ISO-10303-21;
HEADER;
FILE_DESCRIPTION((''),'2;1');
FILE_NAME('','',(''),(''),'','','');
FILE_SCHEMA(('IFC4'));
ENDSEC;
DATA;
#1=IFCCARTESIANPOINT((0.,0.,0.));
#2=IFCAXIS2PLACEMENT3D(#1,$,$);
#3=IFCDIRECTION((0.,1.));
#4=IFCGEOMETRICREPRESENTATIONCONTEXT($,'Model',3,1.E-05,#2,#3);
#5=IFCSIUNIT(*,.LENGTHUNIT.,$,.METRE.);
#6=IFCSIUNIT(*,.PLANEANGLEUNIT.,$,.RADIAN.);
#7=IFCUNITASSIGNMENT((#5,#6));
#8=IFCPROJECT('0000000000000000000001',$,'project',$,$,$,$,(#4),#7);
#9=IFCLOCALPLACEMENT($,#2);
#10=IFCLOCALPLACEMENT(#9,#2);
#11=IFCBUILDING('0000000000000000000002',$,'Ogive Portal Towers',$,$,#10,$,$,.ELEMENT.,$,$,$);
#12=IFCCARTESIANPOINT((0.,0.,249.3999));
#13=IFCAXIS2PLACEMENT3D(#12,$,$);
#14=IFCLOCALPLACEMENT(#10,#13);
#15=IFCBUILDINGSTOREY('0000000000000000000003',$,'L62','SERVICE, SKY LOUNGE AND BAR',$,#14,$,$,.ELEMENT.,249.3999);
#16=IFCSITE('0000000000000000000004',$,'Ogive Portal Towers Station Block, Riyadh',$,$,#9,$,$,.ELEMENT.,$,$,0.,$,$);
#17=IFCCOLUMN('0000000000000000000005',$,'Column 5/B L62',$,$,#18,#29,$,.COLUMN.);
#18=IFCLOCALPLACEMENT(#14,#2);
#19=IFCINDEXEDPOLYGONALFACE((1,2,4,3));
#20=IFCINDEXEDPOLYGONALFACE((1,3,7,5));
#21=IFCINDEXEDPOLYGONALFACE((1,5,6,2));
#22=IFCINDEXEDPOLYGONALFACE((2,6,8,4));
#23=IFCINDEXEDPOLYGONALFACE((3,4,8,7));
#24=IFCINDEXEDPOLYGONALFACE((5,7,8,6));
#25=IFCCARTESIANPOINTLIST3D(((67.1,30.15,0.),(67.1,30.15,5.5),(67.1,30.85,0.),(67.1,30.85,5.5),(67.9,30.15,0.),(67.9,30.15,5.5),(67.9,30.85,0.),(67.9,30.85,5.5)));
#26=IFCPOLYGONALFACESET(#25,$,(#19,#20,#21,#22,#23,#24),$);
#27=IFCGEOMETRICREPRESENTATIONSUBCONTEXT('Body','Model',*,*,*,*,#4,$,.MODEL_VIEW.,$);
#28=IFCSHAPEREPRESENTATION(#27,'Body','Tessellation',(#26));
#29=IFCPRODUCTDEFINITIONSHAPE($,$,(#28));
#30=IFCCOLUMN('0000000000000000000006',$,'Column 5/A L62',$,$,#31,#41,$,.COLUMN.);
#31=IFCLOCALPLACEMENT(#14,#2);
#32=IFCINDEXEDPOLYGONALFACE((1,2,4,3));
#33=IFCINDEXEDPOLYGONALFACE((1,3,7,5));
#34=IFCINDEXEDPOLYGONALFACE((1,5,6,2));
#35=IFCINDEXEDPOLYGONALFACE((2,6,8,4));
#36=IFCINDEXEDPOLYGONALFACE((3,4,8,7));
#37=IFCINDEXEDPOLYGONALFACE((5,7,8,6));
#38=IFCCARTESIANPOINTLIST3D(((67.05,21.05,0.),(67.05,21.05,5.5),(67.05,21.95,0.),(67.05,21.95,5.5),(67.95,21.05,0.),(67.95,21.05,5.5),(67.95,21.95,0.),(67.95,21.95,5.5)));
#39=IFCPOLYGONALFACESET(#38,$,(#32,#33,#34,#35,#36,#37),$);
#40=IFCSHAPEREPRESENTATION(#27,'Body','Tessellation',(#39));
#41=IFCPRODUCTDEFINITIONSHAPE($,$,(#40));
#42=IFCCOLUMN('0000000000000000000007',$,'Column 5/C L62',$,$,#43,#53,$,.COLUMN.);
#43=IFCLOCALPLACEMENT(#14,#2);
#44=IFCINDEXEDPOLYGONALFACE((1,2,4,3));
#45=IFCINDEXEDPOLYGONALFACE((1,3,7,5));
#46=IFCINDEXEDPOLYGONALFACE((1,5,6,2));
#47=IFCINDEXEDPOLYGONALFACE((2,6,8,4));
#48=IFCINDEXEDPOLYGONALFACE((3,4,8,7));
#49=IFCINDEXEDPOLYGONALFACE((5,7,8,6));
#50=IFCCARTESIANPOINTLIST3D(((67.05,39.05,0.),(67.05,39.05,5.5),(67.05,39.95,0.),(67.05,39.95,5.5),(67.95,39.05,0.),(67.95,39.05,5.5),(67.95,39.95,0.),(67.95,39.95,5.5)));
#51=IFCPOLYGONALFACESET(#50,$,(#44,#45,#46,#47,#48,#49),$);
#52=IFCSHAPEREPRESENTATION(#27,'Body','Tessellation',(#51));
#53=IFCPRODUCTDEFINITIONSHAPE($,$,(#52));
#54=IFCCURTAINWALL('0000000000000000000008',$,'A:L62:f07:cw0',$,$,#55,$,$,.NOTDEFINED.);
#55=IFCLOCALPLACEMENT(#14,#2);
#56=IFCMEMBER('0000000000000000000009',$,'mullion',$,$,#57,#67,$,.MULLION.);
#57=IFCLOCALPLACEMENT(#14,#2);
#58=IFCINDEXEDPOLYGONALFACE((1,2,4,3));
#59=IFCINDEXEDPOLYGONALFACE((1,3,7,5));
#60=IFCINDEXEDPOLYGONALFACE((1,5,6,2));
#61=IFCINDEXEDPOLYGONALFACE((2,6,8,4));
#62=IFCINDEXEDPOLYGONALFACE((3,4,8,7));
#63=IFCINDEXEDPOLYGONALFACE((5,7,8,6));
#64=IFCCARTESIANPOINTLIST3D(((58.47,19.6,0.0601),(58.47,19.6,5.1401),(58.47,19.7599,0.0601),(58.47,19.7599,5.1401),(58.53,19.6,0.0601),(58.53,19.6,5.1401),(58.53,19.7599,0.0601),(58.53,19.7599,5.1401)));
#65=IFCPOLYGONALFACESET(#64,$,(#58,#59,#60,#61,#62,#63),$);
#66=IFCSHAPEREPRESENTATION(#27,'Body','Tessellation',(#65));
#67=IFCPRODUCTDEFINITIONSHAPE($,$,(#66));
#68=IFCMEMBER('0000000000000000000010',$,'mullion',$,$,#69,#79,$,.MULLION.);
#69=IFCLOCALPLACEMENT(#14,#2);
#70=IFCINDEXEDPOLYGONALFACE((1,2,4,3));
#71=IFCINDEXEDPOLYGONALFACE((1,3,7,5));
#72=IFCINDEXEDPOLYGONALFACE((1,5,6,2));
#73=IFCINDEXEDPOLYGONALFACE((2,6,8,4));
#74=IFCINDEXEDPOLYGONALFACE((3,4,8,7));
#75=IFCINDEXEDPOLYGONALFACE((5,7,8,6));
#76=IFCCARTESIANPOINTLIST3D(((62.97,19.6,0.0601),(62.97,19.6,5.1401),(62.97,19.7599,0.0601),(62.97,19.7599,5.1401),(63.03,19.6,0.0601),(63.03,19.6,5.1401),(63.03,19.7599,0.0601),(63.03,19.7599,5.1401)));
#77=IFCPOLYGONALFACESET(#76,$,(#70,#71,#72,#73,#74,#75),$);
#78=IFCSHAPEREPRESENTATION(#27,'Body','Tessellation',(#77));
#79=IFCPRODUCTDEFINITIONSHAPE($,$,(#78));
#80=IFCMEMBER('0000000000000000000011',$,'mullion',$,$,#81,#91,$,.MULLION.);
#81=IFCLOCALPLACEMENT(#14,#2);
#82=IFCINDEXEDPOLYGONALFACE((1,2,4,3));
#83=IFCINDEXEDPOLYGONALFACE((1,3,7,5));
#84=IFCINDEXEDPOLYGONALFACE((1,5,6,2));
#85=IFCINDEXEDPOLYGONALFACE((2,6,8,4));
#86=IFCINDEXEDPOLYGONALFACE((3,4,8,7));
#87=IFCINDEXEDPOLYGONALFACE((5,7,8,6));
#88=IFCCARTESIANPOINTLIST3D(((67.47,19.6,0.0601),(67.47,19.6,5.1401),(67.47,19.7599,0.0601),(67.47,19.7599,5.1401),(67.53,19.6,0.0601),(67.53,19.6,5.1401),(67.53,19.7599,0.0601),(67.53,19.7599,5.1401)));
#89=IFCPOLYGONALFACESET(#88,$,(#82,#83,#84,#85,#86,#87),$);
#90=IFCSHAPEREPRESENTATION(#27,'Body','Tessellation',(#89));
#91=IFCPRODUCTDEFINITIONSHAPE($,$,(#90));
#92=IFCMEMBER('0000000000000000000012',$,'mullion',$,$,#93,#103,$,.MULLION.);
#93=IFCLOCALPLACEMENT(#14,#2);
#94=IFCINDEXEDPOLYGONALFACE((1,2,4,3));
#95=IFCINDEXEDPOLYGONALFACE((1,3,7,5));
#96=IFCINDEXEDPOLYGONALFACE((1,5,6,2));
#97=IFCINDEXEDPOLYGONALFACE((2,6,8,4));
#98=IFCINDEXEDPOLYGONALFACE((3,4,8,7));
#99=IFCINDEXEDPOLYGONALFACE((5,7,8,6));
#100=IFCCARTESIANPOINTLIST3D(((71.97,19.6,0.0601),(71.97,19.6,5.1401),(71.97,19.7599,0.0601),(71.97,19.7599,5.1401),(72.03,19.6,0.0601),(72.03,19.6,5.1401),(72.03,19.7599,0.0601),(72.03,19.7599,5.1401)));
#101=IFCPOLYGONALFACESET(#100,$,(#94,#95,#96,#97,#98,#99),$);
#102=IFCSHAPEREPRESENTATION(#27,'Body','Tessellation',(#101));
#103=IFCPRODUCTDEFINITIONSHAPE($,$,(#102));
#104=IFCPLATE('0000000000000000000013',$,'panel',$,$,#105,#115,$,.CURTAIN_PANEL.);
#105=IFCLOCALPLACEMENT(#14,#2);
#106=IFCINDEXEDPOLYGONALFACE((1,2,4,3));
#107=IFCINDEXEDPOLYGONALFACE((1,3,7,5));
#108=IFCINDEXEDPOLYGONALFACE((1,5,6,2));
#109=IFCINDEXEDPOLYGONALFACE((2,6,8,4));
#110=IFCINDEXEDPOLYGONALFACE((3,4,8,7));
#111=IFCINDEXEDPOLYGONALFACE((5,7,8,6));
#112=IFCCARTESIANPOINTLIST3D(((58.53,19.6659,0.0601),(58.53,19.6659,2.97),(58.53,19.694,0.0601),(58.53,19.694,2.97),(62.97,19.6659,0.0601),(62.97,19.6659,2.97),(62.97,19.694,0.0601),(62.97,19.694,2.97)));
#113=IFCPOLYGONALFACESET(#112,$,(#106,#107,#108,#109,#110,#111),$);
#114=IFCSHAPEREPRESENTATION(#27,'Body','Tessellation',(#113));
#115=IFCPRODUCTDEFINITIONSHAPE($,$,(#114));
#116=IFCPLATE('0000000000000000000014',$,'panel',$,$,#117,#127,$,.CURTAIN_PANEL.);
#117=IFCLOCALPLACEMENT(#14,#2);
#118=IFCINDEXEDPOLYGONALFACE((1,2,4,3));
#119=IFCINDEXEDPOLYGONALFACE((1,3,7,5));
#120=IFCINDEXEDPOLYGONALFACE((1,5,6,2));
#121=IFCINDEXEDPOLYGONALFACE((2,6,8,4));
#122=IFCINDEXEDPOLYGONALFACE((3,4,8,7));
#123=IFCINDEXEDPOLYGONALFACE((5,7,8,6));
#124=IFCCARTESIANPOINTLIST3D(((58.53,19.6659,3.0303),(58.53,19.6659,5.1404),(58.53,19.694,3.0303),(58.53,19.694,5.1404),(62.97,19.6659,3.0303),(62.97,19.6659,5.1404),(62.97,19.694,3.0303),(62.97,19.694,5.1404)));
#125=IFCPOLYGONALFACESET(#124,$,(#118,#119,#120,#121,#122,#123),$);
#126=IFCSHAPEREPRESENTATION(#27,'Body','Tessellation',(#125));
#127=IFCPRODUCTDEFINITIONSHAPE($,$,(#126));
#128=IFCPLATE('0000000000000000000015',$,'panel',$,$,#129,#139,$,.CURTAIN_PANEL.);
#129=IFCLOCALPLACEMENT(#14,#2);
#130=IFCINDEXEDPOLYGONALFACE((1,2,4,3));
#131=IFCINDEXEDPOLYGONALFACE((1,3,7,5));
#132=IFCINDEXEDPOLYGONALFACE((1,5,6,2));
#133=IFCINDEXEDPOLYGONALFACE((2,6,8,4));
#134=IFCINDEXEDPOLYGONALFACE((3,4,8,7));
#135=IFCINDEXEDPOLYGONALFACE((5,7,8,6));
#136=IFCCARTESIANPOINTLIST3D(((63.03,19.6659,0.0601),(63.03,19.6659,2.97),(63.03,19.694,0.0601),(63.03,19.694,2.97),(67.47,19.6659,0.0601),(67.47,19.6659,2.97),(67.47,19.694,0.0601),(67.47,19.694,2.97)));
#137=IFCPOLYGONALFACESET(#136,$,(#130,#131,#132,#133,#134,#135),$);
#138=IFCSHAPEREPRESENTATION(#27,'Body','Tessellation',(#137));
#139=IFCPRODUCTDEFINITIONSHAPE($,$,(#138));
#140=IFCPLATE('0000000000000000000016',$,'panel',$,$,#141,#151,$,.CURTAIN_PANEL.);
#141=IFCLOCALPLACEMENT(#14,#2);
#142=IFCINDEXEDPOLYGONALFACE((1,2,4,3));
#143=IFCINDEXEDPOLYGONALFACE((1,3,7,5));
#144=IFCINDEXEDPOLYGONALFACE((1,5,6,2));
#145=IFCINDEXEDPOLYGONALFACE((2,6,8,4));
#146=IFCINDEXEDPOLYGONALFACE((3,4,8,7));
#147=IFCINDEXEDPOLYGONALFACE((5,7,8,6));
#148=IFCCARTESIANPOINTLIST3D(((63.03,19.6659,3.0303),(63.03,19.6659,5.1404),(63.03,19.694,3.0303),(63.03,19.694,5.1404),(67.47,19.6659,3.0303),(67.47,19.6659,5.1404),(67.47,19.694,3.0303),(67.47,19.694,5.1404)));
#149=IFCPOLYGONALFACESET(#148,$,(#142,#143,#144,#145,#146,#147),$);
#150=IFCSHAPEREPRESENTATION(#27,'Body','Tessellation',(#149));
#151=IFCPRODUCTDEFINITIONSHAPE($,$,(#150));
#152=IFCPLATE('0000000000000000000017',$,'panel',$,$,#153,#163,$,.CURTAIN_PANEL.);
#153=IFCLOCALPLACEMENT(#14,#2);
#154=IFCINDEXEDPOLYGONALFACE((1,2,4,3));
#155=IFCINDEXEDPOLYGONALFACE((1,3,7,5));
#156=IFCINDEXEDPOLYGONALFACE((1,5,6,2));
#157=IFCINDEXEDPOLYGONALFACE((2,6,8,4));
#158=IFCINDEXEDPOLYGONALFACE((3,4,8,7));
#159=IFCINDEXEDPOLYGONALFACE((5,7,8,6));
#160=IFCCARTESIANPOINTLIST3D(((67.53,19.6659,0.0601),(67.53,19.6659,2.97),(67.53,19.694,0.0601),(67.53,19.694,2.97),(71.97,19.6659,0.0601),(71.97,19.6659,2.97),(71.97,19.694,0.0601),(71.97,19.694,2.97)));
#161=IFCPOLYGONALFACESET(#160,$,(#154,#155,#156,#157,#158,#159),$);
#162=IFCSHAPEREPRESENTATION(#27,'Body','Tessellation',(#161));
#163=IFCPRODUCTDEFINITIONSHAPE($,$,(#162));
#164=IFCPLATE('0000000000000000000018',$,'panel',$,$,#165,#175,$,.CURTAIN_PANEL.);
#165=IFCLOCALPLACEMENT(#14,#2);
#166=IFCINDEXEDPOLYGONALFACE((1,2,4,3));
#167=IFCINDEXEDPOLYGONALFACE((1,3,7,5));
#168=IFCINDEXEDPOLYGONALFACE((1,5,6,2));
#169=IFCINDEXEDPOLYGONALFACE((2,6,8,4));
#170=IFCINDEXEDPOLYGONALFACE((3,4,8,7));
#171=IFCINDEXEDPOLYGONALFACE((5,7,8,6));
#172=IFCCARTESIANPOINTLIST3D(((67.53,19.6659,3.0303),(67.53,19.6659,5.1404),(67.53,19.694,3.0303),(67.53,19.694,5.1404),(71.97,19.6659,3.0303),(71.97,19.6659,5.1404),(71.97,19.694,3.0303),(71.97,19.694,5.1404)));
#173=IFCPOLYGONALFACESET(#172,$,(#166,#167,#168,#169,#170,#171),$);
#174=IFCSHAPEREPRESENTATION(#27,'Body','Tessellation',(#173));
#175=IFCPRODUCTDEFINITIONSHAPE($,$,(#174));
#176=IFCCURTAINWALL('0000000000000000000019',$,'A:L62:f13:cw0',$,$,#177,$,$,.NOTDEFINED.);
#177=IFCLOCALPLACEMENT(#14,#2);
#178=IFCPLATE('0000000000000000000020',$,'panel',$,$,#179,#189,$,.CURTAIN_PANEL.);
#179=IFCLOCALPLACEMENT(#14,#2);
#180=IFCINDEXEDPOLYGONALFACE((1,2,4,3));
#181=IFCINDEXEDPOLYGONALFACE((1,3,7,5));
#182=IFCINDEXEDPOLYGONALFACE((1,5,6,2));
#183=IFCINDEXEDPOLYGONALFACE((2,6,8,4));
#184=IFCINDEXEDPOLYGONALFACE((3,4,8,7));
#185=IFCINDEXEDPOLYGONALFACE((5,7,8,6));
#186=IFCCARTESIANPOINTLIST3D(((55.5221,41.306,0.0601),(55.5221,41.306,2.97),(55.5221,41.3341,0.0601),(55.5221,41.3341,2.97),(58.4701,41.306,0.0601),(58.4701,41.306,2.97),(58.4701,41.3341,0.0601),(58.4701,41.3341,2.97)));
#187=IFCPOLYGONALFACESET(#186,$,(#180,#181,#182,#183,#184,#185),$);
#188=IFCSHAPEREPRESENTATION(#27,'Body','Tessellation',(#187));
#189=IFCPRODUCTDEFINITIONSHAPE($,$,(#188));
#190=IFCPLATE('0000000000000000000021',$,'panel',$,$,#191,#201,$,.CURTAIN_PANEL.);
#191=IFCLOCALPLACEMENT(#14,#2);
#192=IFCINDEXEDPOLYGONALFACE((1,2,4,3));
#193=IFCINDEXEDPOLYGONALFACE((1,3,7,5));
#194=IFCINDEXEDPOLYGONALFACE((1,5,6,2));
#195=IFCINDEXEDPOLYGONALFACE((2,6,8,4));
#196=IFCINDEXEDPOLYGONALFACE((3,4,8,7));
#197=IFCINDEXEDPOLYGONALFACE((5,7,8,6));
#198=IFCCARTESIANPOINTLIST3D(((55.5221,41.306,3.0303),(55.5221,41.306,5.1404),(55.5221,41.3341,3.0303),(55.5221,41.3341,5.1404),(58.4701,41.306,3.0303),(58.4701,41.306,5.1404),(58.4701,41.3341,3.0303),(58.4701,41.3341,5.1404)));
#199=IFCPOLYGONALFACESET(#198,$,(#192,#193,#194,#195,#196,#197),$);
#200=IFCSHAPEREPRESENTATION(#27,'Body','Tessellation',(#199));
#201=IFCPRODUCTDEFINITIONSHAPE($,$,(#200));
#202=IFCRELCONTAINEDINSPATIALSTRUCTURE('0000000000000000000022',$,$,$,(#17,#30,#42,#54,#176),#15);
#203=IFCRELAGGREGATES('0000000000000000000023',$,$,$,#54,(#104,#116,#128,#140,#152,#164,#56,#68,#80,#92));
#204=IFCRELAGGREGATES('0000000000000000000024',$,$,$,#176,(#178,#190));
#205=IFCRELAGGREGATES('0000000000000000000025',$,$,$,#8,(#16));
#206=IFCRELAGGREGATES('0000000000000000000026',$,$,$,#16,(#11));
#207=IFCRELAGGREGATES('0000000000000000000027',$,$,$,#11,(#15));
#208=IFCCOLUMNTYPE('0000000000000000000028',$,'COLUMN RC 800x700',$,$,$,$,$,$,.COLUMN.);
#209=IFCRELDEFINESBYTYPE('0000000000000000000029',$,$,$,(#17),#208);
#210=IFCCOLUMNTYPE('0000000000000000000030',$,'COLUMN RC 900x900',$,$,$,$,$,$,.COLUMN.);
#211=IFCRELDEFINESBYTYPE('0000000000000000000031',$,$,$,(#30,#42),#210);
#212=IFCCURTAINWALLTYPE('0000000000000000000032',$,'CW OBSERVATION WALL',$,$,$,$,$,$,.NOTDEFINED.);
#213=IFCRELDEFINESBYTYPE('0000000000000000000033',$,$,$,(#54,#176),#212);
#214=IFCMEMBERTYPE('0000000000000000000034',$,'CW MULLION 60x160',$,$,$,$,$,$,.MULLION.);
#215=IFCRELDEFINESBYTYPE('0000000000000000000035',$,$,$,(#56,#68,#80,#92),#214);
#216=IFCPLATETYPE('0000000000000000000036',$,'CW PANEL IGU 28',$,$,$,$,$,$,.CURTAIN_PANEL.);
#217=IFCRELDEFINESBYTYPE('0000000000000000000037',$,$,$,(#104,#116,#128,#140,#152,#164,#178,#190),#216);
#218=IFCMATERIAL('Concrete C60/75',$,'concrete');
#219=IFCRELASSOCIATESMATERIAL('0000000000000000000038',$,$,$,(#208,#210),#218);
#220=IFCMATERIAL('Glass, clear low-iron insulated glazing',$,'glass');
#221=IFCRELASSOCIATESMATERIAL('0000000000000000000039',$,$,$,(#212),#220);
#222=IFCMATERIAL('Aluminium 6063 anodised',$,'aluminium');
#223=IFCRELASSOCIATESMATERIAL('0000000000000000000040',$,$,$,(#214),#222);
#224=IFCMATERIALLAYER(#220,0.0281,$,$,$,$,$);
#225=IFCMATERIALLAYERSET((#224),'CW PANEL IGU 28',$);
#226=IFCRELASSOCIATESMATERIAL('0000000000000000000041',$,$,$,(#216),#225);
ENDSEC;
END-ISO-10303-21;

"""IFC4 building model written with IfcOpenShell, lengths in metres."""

from ifc_helpers import new_model, si_unit, direction, frame, origin, origin_2d, place, context, subcontext, project, spatial, rectangle, extrude, material, layer, layer_set, material_profile, profile_set, type_object, element, aggregate, save


model = new_model("IFC4")

# Units and contexts
model_context = context("Model", 3, precision=1e-05, world=origin(), true_north=direction((0.0, 1.0)))
body_context = subcontext(model_context, "Body", "Model", "MODEL_VIEW")
ifc_project = project(units=[si_unit("LENGTHUNIT", "METRE"), si_unit("PLANEANGLEUNIT", "RADIAN")], contexts=[model_context])

# Site, building, storey
site_placement = place(None, origin())
site = spatial("IfcSite", under=ifc_project, at=site_placement, Name="Ogive Portal Towers Station Block, Riyadh", CompositionType="ELEMENT", RefElevation=0.0)
building_placement = place(site_placement, origin())
building = spatial("IfcBuilding", under=site, at=building_placement, Name="Ogive Portal Towers", CompositionType="ELEMENT")
storey_placement = place(building_placement, frame((0.0, 0.0, 249.3999)))
storey = spatial("IfcBuildingStorey", under=building, at=storey_placement, Name="L62", Description="SERVICE, SKY LOUNGE AND BAR", CompositionType="ELEMENT", Elevation=249.3999)

# Columns
ifc_material_1 = material(Name="Concrete C60/75", Category="concrete")
ifc_material_profile_1 = material_profile(ifc_material_1, rectangle(XDim=0.8, YDim=0.7, at=origin_2d()), Name="RC 800x700")
ifc_profile_set_1 = profile_set([ifc_material_profile_1], Name="Concrete C60/75")
column_type_1 = type_object("IfcColumnType", Name="COLUMN RC 800x700", PredefinedType="COLUMN", material=ifc_profile_set_1)
column_placement = place(storey_placement, frame((67.5, 30.5, 0.0), z_axis=(0.0, 0.0, 1.0), x_axis=(1.0, 0.0, 0.0)))
element("IfcColumn", 1, at=column_placement, inside=storey, type_object=column_type_1, Name="Column 5/B L62", PredefinedType="COLUMN", context=body_context, shape_type="SweptSolid", body=[
    extrude(rectangle(XDim=0.8, YDim=0.7, at=origin_2d()), origin(), (0.0, 0.0, 1.0), 5.5),
])
ifc_material_profile_2 = material_profile(ifc_material_1, rectangle(XDim=0.8999, YDim=0.8999, at=origin_2d()), Name="RC 900x900")
ifc_profile_set_2 = profile_set([ifc_material_profile_2], Name="Concrete C60/75")
column_type_2 = type_object("IfcColumnType", Name="COLUMN RC 900x900", PredefinedType="COLUMN", material=ifc_profile_set_2)
for number, where, z_axis, x_axis, name in (
    (2, (67.5, 21.5, 0.0), (0.0, 0.0, 1.0), (1.0, 0.0, 0.0), "Column 5/A L62"),
    (3, (67.5, 39.5, 0.0), (0.0, 0.0, 1.0), (1.0, 0.0, 0.0), "Column 5/C L62"),
):
    element("IfcColumn", number, at=place(storey_placement, frame(where, z_axis=z_axis, x_axis=x_axis)), inside=storey, type_object=column_type_2, Name=name, PredefinedType="COLUMN", context=body_context, shape_type="SweptSolid", body=[
        extrude(rectangle(XDim=0.8999, YDim=0.8999, at=origin_2d()), origin(), (0.0, 0.0, 1.0), 5.5),
    ])

# Curtain wall, members, plates
ifc_material_2 = material(Name="Glass, clear low-iron insulated glazing", Category="glass")
curtain_wall_type = type_object("IfcCurtainWallType", Name="CW OBSERVATION WALL", PredefinedType="NOTDEFINED", material=ifc_material_2)
curtain_wall_1_placement = place(storey_placement, origin())
curtain_wall_1 = element("IfcCurtainWall", 4, at=curtain_wall_1_placement, inside=storey, type_object=curtain_wall_type, Name="A:L62:f07:cw0", PredefinedType="NOTDEFINED")
ifc_material_3 = material(Name="Aluminium 6063 anodised", Category="aluminium")
ifc_material_profile_3 = material_profile(ifc_material_3, rectangle(XDim=0.1599, YDim=0.0601, at=origin_2d()), Name="AL 60x160")
ifc_profile_set_3 = profile_set([ifc_material_profile_3], Name="Aluminium 6063 anodised")
member_type = type_object("IfcMemberType", Name="CW MULLION 60x160", PredefinedType="MULLION", material=ifc_profile_set_3)
member_1_placement = place(storey_placement, frame((58.5, 19.6799, 0.0601), z_axis=(0.0, 0.0, 1.0), x_axis=(0.0, 1.0, 0.0)))
member_1 = element("IfcMember", 5, at=member_1_placement, type_object=member_type, Name="mullion", PredefinedType="MULLION", context=body_context, shape_type="SweptSolid", body=[
    extrude(rectangle(XDim=0.1599, YDim=0.0601, at=origin_2d()), origin(), (0.0, 0.0, 1.0), 5.0801),
])
member_2_placement = place(storey_placement, frame((63.0, 19.6799, 0.0601), z_axis=(0.0, 0.0, 1.0), x_axis=(0.0, 1.0, 0.0)))
member_2 = element("IfcMember", 6, at=member_2_placement, type_object=member_type, Name="mullion", PredefinedType="MULLION", context=body_context, shape_type="SweptSolid", body=[
    extrude(rectangle(XDim=0.1599, YDim=0.0601, at=origin_2d()), origin(), (0.0, 0.0, 1.0), 5.0801),
])
member_3_placement = place(storey_placement, frame((67.5, 19.6799, 0.0601), z_axis=(0.0, 0.0, 1.0), x_axis=(0.0, 1.0, 0.0)))
member_3 = element("IfcMember", 7, at=member_3_placement, type_object=member_type, Name="mullion", PredefinedType="MULLION", context=body_context, shape_type="SweptSolid", body=[
    extrude(rectangle(XDim=0.1599, YDim=0.0601, at=origin_2d()), origin(), (0.0, 0.0, 1.0), 5.0801),
])
member_4_placement = place(storey_placement, frame((72.0, 19.6799, 0.0601), z_axis=(0.0, 0.0, 1.0), x_axis=(0.0, 1.0, 0.0)))
member_4 = element("IfcMember", 8, at=member_4_placement, type_object=member_type, Name="mullion", PredefinedType="MULLION", context=body_context, shape_type="SweptSolid", body=[
    extrude(rectangle(XDim=0.1599, YDim=0.0601, at=origin_2d()), origin(), (0.0, 0.0, 1.0), 5.0801),
])
ifc_layer_1 = layer(ifc_material_2, 0.0281)
ifc_layer_set_1 = layer_set([ifc_layer_1], Name="CW PANEL IGU 28")
plate_type = type_object("IfcPlateType", Name="CW PANEL IGU 28", PredefinedType="CURTAIN_PANEL", material=ifc_layer_set_1)
plate_1_placement = place(storey_placement, frame((60.75, 19.6799, 0.0601), z_axis=(0.0, 0.0, 1.0), x_axis=(1.0, 0.0, 0.0)))
plate_1 = element("IfcPlate", 9, at=plate_1_placement, type_object=plate_type, Name="panel", PredefinedType="CURTAIN_PANEL", context=body_context, shape_type="SweptSolid", body=[
    extrude(rectangle(XDim=4.4399, YDim=0.0281, at=origin_2d()), origin(), (0.0, 0.0, 1.0), 2.9099),
])
plate_2_placement = place(storey_placement, frame((60.75, 19.6799, 3.0303), z_axis=(0.0, 0.0, 1.0), x_axis=(1.0, 0.0, 0.0)))
plate_2 = element("IfcPlate", 10, at=plate_2_placement, type_object=plate_type, Name="panel", PredefinedType="CURTAIN_PANEL", context=body_context, shape_type="SweptSolid", body=[
    extrude(rectangle(XDim=4.4399, YDim=0.0281, at=origin_2d()), origin(), (0.0, 0.0, 1.0), 2.1101),
])
plate_3_placement = place(storey_placement, frame((65.25, 19.6799, 0.0601), z_axis=(0.0, 0.0, 1.0), x_axis=(1.0, 0.0, 0.0)))
plate_3 = element("IfcPlate", 11, at=plate_3_placement, type_object=plate_type, Name="panel", PredefinedType="CURTAIN_PANEL", context=body_context, shape_type="SweptSolid", body=[
    extrude(rectangle(XDim=4.4399, YDim=0.0281, at=origin_2d()), origin(), (0.0, 0.0, 1.0), 2.9099),
])
plate_4_placement = place(storey_placement, frame((65.25, 19.6799, 3.0303), z_axis=(0.0, 0.0, 1.0), x_axis=(1.0, 0.0, 0.0)))
plate_4 = element("IfcPlate", 12, at=plate_4_placement, type_object=plate_type, Name="panel", PredefinedType="CURTAIN_PANEL", context=body_context, shape_type="SweptSolid", body=[
    extrude(rectangle(XDim=4.4399, YDim=0.0281, at=origin_2d()), origin(), (0.0, 0.0, 1.0), 2.1101),
])
plate_5_placement = place(storey_placement, frame((69.75, 19.6799, 0.0601), z_axis=(0.0, 0.0, 1.0), x_axis=(1.0, 0.0, 0.0)))
plate_5 = element("IfcPlate", 13, at=plate_5_placement, type_object=plate_type, Name="panel", PredefinedType="CURTAIN_PANEL", context=body_context, shape_type="SweptSolid", body=[
    extrude(rectangle(XDim=4.4399, YDim=0.0281, at=origin_2d()), origin(), (0.0, 0.0, 1.0), 2.9099),
])
plate_6_placement = place(storey_placement, frame((69.75, 19.6799, 3.0303), z_axis=(0.0, 0.0, 1.0), x_axis=(1.0, 0.0, 0.0)))
plate_6 = element("IfcPlate", 14, at=plate_6_placement, type_object=plate_type, Name="panel", PredefinedType="CURTAIN_PANEL", context=body_context, shape_type="SweptSolid", body=[
    extrude(rectangle(XDim=4.4399, YDim=0.0281, at=origin_2d()), origin(), (0.0, 0.0, 1.0), 2.1101),
])
aggregate(curtain_wall_1, [plate_1, plate_2, plate_3, plate_4, plate_5, plate_6, member_1, member_2, member_3, member_4])

# Curtain wall, plates
curtain_wall_2_placement = place(storey_placement, origin())
curtain_wall_2 = element("IfcCurtainWall", 15, at=curtain_wall_2_placement, inside=storey, type_object=curtain_wall_type, Name="A:L62:f13:cw0", PredefinedType="NOTDEFINED")
plate_7_placement = place(storey_placement, frame((56.9961, 41.3201, 0.0601), z_axis=(0.0, 0.0, 1.0), x_axis=(-1.0, 0.0, 0.0)))
plate_7 = element("IfcPlate", 16, at=plate_7_placement, type_object=plate_type, Name="panel", PredefinedType="CURTAIN_PANEL", context=body_context, shape_type="SweptSolid", body=[
    extrude(rectangle(XDim=2.948, YDim=0.0281, at=origin_2d()), origin(), (0.0, 0.0, 1.0), 2.9099),
])
plate_8_placement = place(storey_placement, frame((56.9961, 41.3201, 3.0303), z_axis=(0.0, 0.0, 1.0), x_axis=(-1.0, 0.0, 0.0)))
plate_8 = element("IfcPlate", 17, at=plate_8_placement, type_object=plate_type, Name="panel", PredefinedType="CURTAIN_PANEL", context=body_context, shape_type="SweptSolid", body=[
    extrude(rectangle(XDim=2.948, YDim=0.0281, at=origin_2d()), origin(), (0.0, 0.0, 1.0), 2.1101),
])
aggregate(curtain_wall_2, [plate_7, plate_8])

save(model, "model.ifc")
